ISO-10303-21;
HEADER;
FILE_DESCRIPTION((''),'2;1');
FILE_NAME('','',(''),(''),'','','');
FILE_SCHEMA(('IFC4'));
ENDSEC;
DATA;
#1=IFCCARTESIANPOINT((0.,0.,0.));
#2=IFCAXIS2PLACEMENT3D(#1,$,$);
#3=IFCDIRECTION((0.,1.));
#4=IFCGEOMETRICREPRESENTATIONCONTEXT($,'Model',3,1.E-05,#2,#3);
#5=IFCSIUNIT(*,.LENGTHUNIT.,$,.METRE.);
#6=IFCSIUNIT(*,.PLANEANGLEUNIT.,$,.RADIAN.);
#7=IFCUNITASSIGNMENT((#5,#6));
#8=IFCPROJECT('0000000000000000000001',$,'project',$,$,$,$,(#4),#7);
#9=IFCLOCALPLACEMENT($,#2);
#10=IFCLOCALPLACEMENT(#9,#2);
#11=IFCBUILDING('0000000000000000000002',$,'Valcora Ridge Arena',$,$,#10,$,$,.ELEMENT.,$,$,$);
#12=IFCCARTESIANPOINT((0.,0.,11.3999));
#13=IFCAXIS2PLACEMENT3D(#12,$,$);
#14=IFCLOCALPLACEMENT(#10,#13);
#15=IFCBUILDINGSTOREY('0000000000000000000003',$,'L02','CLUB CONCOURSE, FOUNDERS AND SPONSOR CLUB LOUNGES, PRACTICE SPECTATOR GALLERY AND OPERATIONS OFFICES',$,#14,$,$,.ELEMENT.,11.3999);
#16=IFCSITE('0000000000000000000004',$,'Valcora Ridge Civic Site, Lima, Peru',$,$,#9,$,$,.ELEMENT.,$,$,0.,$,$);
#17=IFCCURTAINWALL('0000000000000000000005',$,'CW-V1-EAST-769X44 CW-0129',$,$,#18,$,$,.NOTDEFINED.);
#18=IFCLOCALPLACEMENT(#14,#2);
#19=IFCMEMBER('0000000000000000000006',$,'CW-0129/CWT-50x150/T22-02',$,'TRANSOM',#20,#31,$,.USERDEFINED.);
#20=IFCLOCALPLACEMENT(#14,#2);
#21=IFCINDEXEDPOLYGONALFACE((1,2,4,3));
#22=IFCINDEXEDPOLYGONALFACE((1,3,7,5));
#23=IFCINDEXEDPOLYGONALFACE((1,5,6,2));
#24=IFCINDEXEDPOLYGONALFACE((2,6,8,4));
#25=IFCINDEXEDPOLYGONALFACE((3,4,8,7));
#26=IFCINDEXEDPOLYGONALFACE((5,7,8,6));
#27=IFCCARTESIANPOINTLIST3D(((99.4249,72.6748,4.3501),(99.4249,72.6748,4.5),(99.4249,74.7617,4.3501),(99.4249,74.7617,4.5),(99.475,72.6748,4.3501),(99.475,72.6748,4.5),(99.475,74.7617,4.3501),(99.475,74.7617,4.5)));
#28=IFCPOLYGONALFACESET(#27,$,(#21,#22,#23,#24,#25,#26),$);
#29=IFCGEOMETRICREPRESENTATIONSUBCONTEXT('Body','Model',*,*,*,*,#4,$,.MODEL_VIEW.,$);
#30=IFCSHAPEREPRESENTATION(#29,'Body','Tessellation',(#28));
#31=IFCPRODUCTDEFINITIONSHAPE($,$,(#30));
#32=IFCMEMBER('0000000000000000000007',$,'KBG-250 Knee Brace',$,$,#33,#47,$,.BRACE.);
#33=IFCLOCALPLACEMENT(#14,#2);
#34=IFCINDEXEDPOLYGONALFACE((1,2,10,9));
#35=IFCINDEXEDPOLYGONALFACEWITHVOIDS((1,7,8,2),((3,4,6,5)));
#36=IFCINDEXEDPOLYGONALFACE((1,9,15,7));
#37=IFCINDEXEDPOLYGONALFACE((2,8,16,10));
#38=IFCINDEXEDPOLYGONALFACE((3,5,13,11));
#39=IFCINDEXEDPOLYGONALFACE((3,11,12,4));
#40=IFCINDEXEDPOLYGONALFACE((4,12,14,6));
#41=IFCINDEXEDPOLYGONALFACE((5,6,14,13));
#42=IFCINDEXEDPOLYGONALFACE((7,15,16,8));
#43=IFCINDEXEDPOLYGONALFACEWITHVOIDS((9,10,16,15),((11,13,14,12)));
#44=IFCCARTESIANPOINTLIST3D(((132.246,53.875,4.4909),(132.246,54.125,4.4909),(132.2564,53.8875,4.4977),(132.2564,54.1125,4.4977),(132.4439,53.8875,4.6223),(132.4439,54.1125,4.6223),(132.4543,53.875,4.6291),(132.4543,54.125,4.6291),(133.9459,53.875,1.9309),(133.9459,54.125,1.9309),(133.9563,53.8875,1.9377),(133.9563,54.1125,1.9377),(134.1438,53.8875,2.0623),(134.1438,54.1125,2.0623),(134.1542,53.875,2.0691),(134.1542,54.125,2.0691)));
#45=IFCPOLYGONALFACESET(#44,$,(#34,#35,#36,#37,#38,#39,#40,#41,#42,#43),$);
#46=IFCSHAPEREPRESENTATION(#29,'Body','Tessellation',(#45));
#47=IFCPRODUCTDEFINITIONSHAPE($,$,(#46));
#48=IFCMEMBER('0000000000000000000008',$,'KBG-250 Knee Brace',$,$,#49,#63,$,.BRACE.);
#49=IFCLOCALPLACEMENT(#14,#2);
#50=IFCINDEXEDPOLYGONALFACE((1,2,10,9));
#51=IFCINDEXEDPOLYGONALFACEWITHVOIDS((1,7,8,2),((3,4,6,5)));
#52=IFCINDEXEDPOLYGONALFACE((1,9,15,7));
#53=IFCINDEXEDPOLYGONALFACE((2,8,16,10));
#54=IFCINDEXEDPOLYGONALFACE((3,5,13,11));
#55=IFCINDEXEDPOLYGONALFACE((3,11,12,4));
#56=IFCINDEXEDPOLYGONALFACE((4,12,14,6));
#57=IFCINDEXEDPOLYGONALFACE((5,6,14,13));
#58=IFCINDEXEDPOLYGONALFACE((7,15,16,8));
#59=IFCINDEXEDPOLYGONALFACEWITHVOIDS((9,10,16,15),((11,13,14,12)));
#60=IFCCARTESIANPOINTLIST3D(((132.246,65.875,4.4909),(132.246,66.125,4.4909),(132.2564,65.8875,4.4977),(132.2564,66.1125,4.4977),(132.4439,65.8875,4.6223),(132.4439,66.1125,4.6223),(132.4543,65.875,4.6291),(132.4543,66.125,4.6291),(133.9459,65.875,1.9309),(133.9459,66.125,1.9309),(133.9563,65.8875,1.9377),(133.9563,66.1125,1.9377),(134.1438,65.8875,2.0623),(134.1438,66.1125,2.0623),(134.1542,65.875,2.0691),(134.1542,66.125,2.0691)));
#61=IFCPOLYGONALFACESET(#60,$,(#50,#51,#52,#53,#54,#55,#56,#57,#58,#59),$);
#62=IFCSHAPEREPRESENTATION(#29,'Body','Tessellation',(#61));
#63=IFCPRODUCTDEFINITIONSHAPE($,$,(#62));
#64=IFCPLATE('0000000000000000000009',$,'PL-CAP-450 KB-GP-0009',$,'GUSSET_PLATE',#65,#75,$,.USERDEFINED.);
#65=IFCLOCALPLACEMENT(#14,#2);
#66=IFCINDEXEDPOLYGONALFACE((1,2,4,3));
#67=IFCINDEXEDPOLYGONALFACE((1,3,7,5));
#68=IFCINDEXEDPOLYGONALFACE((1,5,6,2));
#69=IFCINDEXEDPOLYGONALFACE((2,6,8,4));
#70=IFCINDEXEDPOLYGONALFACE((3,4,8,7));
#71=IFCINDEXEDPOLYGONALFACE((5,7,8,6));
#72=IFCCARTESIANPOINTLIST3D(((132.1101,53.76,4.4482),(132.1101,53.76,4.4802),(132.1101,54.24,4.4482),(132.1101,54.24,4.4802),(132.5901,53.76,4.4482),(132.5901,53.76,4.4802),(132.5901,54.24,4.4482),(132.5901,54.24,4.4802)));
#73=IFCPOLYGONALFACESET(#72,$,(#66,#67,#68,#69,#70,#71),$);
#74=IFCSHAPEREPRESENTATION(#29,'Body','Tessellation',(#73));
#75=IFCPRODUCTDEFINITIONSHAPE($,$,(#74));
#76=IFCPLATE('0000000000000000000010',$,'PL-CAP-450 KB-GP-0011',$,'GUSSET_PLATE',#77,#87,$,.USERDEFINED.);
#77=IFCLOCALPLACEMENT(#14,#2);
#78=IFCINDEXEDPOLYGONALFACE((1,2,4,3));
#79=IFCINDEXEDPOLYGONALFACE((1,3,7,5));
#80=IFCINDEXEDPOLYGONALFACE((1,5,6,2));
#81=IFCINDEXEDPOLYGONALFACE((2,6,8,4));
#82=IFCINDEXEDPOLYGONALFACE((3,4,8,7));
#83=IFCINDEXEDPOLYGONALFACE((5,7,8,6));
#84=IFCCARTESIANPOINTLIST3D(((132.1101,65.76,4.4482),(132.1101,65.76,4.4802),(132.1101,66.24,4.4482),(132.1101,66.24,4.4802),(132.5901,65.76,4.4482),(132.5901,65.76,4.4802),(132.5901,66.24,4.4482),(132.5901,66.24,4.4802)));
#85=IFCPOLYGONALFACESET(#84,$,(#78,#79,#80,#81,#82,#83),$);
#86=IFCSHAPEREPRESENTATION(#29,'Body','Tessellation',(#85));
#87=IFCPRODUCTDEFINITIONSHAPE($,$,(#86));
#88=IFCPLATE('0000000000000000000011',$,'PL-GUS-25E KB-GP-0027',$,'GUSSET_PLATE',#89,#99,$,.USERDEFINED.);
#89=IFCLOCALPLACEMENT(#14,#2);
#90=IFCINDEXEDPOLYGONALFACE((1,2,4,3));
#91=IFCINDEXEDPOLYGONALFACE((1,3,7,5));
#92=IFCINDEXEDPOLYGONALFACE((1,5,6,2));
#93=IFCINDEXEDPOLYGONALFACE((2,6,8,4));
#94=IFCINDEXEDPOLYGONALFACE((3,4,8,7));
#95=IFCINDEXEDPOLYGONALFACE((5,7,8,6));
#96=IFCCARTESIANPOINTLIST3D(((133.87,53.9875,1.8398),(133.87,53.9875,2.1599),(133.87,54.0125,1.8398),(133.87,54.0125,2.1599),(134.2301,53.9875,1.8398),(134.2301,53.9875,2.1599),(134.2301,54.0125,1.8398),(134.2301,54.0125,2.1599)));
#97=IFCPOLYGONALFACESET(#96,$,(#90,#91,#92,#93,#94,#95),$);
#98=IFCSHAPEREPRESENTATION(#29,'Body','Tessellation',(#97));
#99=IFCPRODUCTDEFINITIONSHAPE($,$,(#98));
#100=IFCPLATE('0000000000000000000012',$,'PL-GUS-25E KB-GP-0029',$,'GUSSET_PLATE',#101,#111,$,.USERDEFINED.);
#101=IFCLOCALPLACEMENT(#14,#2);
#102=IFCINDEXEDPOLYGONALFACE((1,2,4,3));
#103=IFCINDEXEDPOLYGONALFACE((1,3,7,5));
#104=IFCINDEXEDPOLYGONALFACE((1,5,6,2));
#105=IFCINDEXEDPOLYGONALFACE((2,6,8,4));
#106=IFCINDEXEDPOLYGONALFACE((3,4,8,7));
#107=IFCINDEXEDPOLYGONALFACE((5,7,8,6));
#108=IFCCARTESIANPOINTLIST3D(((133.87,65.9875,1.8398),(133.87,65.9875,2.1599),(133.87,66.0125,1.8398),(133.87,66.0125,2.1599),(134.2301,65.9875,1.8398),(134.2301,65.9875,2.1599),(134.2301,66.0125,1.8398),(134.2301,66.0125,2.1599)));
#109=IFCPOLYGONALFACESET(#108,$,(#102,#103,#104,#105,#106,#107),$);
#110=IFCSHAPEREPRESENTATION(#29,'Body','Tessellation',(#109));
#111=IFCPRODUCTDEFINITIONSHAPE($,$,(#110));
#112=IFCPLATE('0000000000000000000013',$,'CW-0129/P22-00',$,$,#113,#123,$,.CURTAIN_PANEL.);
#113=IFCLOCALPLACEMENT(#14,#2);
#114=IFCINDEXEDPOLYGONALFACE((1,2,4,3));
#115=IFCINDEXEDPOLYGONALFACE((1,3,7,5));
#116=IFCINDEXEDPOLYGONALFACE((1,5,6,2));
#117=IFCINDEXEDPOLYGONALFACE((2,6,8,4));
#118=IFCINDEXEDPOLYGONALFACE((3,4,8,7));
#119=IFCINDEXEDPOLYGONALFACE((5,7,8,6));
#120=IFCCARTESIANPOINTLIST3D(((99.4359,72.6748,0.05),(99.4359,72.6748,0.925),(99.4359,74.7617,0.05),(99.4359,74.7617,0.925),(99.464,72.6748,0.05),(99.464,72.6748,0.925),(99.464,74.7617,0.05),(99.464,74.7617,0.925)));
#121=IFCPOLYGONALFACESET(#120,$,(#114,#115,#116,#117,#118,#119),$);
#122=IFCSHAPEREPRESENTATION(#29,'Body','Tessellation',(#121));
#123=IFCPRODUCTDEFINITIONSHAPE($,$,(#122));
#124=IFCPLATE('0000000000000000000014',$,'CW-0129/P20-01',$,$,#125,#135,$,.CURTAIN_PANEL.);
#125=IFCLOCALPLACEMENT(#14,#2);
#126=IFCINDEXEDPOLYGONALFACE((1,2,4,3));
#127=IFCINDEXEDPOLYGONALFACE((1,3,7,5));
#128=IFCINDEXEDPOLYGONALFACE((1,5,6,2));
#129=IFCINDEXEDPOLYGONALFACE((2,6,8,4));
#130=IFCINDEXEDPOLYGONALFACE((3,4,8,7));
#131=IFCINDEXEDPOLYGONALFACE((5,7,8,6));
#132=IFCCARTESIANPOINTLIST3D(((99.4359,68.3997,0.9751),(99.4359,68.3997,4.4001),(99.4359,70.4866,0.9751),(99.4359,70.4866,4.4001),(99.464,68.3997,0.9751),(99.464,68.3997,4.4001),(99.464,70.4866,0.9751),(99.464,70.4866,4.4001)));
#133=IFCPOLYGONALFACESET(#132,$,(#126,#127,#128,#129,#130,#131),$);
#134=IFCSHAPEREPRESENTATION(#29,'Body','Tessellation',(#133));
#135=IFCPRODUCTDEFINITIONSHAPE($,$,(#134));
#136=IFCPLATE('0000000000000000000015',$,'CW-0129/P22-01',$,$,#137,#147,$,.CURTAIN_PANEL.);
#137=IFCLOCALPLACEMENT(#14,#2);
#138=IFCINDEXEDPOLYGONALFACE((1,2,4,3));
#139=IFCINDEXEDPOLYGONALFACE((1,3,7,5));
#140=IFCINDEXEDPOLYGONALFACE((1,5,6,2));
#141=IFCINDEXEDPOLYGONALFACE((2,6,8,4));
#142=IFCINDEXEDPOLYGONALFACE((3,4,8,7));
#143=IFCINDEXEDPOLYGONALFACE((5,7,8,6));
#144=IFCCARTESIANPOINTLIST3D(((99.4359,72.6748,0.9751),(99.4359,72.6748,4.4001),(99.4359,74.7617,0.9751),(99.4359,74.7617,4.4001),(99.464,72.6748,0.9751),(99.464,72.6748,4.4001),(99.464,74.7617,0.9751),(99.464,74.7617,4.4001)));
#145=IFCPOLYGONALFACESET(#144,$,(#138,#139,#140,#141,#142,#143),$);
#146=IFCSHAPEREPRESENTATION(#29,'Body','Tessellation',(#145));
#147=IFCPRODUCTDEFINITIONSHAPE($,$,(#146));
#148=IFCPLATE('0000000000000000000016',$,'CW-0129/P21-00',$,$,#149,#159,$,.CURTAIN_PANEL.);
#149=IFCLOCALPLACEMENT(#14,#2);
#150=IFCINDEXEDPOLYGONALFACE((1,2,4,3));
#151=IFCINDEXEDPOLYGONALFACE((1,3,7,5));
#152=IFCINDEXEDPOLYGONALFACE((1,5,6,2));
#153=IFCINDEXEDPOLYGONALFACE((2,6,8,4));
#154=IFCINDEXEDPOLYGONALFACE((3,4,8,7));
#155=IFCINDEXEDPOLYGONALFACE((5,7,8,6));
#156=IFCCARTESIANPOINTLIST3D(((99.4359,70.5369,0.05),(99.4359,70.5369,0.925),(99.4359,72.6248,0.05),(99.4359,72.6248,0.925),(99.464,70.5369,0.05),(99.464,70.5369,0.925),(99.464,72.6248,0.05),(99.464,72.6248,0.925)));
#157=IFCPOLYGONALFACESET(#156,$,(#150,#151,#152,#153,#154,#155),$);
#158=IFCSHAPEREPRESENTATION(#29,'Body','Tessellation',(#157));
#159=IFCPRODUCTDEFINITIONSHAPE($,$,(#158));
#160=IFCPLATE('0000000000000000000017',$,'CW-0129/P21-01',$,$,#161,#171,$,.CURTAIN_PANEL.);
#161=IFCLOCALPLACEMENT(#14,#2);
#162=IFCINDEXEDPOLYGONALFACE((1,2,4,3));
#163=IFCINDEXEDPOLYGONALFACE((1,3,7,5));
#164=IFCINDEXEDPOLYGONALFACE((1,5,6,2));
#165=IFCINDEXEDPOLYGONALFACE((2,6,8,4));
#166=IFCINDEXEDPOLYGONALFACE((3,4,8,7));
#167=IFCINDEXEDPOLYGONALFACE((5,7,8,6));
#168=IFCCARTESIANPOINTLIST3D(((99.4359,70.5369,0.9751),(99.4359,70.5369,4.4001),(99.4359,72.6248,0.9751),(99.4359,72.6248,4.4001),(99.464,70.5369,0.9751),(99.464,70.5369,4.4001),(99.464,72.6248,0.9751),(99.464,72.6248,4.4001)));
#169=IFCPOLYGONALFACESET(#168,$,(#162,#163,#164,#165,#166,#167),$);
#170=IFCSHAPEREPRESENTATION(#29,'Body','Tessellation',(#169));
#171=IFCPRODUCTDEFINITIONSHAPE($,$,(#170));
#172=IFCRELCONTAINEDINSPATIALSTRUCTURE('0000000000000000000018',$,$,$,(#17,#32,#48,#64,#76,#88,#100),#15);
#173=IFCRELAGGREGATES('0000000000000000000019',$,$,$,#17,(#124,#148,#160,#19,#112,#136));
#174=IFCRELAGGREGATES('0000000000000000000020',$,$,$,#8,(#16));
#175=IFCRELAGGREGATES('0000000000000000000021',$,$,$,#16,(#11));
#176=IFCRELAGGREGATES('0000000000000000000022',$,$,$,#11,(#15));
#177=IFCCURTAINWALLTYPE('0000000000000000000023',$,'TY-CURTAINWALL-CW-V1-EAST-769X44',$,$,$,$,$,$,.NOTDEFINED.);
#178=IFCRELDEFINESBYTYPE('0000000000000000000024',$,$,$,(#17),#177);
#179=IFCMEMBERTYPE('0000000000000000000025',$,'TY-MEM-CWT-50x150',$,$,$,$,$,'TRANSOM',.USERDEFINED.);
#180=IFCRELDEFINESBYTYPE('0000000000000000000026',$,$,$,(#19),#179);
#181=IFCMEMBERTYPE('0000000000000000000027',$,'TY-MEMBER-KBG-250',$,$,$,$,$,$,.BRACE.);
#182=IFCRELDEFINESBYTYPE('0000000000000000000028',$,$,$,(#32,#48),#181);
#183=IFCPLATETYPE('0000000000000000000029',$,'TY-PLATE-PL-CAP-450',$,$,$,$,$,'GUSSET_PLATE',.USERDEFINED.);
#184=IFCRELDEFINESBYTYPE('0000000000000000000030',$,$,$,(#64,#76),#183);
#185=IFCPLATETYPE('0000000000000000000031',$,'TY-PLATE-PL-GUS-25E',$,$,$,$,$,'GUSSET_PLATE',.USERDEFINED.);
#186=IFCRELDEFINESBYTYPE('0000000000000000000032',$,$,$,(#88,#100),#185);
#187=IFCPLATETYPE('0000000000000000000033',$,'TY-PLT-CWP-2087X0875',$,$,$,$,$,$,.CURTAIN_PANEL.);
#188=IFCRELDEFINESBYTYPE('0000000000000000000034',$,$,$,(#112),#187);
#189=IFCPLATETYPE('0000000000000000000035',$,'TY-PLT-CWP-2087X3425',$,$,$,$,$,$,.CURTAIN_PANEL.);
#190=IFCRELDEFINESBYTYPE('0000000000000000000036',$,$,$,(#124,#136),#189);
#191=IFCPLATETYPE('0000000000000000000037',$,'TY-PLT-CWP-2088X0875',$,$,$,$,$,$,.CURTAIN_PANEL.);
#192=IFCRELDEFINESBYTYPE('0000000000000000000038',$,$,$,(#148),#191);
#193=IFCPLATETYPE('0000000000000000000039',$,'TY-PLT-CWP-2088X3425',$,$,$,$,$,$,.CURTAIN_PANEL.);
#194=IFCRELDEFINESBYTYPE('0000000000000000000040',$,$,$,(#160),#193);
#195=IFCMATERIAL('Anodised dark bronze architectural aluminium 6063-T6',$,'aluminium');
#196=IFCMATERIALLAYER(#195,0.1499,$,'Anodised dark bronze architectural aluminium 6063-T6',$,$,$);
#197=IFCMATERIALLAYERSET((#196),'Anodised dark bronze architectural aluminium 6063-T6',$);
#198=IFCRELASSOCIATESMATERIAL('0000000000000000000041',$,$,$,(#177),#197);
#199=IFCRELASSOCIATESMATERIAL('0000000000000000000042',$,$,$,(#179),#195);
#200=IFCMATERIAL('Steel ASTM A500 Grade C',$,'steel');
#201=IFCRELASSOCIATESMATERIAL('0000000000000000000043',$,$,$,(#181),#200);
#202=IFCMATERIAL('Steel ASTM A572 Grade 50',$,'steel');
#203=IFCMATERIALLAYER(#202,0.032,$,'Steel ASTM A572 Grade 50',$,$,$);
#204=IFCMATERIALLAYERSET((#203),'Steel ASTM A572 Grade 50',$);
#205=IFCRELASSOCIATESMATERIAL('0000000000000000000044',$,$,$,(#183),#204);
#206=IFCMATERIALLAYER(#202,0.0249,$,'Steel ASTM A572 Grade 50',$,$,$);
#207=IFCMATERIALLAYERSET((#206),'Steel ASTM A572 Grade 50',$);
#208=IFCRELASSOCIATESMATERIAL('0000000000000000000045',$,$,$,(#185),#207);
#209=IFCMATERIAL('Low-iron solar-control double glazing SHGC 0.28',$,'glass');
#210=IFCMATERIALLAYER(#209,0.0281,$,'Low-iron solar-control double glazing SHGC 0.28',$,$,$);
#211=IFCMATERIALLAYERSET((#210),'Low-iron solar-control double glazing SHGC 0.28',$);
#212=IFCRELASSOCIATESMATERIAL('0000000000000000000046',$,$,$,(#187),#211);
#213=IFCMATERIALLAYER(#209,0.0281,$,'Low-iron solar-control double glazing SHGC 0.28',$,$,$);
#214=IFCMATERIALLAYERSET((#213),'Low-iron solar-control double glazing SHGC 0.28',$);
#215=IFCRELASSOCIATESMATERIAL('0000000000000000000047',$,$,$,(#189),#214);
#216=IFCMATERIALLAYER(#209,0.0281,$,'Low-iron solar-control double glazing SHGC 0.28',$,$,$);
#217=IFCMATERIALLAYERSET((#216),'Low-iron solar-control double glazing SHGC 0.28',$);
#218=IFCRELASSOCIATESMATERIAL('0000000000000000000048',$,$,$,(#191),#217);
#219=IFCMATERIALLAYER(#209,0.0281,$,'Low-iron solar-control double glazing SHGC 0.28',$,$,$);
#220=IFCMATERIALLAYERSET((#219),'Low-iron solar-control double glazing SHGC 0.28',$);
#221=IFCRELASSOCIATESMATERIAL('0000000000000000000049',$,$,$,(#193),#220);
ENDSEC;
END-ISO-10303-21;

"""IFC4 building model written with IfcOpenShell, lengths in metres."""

from ifc_helpers import new_model, si_unit, direction, frame, origin, origin_2d, place, context, subcontext, project, spatial, rectangle, hollow_rectangle, extrude, material, layer, layer_set, material_profile, profile_set, type_object, element, aggregate, save


model = new_model("IFC4")

# Units and contexts
model_context = context("Model", 3, precision=1e-05, world=origin(), true_north=direction((0.0, 1.0)))
body_context = subcontext(model_context, "Body", "Model", "MODEL_VIEW")
ifc_project = project(units=[si_unit("LENGTHUNIT", "METRE"), si_unit("PLANEANGLEUNIT", "RADIAN")], contexts=[model_context])

# Site, building, storey
site_placement = place(None, origin())
site = spatial("IfcSite", under=ifc_project, at=site_placement, Name="Valcora Ridge Civic Site, Lima, Peru", CompositionType="ELEMENT", RefElevation=0.0)
building_placement = place(site_placement, origin())
building = spatial("IfcBuilding", under=site, at=building_placement, Name="Valcora Ridge Arena", CompositionType="ELEMENT")
storey_placement = place(building_placement, frame((0.0, 0.0, 11.3999)))
storey = spatial("IfcBuildingStorey", under=building, at=storey_placement, Name="L02", Description="CLUB CONCOURSE, FOUNDERS AND SPONSOR CLUB LOUNGES, PRACTICE SPECTATOR GALLERY AND OPERATIONS OFFICES", CompositionType="ELEMENT", Elevation=11.3999)

# Shared definitions
ifc_material_1 = material(Name="Steel ASTM A500 Grade C", Category="steel")

# Shared definitions
ifc_material_2 = material(Name="Steel ASTM A572 Grade 50", Category="steel")

# Curtain wall, member
ifc_material_3 = material(Name="Anodised dark bronze architectural aluminium 6063-T6", Category="aluminium")
ifc_layer_1 = layer(ifc_material_3, 0.1499, Name="Anodised dark bronze architectural aluminium 6063-T6")
ifc_layer_set_1 = layer_set([ifc_layer_1], Name="Anodised dark bronze architectural aluminium 6063-T6")
curtain_wall_type = type_object("IfcCurtainWallType", Name="TY-CURTAINWALL-CW-V1-EAST-769X44", PredefinedType="NOTDEFINED", material=ifc_layer_set_1)
curtain_wall_placement = place(storey_placement, origin())
curtain_wall = element("IfcCurtainWall", 1, at=curtain_wall_placement, inside=storey, type_object=curtain_wall_type, Name="CW-V1-EAST-769X44 CW-0129", PredefinedType="NOTDEFINED")
ifc_material_profile_1 = material_profile(ifc_material_3, rectangle(XDim=0.05, YDim=0.1499, at=origin_2d()), Name="ALU TRANSOM 50x150")
ifc_profile_set_1 = profile_set([ifc_material_profile_1], Name="Anodised dark bronze architectural aluminium 6063-T6")
member_type_1 = type_object("IfcMemberType", Name="TY-MEM-CWT-50x150", ElementType="TRANSOM", PredefinedType="USERDEFINED", material=ifc_profile_set_1)
member_1_placement = place(storey_placement, frame((99.45, 72.6748, 4.425), z_axis=(0.0, 1.0, 0.0), x_axis=(-1.0, 0.0, 0.0)))
member_1 = element("IfcMember", 2, at=member_1_placement, type_object=member_type_1, Name="CW-0129/CWT-50x150/T22-02", ObjectType="TRANSOM", PredefinedType="USERDEFINED", context=body_context, shape_type="SweptSolid", body=[
    extrude(rectangle(XDim=0.05, YDim=0.1499, at=origin_2d()), origin(), (0.0, 0.0, 1.0), 2.0869),
])

# Members
ifc_material_profile_2 = material_profile(ifc_material_1, hollow_rectangle(XDim=0.25, YDim=0.25, WallThickness=0.0125, at=origin_2d()), Name="HSS250X250X12")
ifc_profile_set_2 = profile_set([ifc_material_profile_2], Name="Steel ASTM A500 Grade C")
member_type_2 = type_object("IfcMemberType", Name="TY-MEMBER-KBG-250", PredefinedType="BRACE", material=ifc_profile_set_2)
for number, where, z_axis, x_axis, name in (
    (3, (134.05, 54.0, 2.0), (-0.553178, 0.0, 0.833063), (0.0, -1.0, 0.0), "KBG-250 Knee Brace"),
    (4, (134.05, 66.0, 2.0), (-0.553178, 0.0, 0.833063), (0.0, -1.0, 0.0), "KBG-250 Knee Brace"),
):
    element("IfcMember", number, at=place(storey_placement, frame(where, z_axis=z_axis, x_axis=x_axis)), inside=storey, type_object=member_type_2, Name=name, PredefinedType="BRACE", context=body_context, shape_type="SweptSolid", body=[
        extrude(hollow_rectangle(XDim=0.25, YDim=0.25, WallThickness=0.0125, at=origin_2d()), origin(), (0.0, 0.0, 1.0), 3.073),
    ])

# Plates
ifc_layer_2 = layer(ifc_material_2, 0.032, Name="Steel ASTM A572 Grade 50")
ifc_layer_set_2 = layer_set([ifc_layer_2], Name="Steel ASTM A572 Grade 50")
plate_type_1 = type_object("IfcPlateType", Name="TY-PLATE-PL-CAP-450", ElementType="GUSSET_PLATE", PredefinedType="USERDEFINED", material=ifc_layer_set_2)
for number, where, z_axis, x_axis, name in (
    (5, (132.3501, 54.0, 4.4482), (0.0, 0.0, 1.0), (1.0, 0.0, 0.0), "PL-CAP-450 KB-GP-0009"),
    (6, (132.3501, 66.0, 4.4482), (0.0, 0.0, 1.0), (1.0, 0.0, 0.0), "PL-CAP-450 KB-GP-0011"),
):
    element("IfcPlate", number, at=place(storey_placement, frame(where, z_axis=z_axis, x_axis=x_axis)), inside=storey, type_object=plate_type_1, Name=name, ObjectType="GUSSET_PLATE", PredefinedType="USERDEFINED", context=body_context, shape_type="SweptSolid", body=[
        extrude(rectangle(XDim=0.48, YDim=0.48, at=origin_2d()), origin(), (0.0, 0.0, 1.0), 0.032),
    ])
ifc_layer_3 = layer(ifc_material_2, 0.0249, Name="Steel ASTM A572 Grade 50")
ifc_layer_set_3 = layer_set([ifc_layer_3], Name="Steel ASTM A572 Grade 50")
plate_type_2 = type_object("IfcPlateType", Name="TY-PLATE-PL-GUS-25E", ElementType="GUSSET_PLATE", PredefinedType="USERDEFINED", material=ifc_layer_set_3)
for number, where, z_axis, x_axis, name in (
    (7, (134.05, 54.0, 1.8398), (0.0, 0.0, 1.0), (1.0, 0.0, 0.0), "PL-GUS-25E KB-GP-0027"),
    (8, (134.05, 66.0, 1.8398), (0.0, 0.0, 1.0), (1.0, 0.0, 0.0), "PL-GUS-25E KB-GP-0029"),
):
    element("IfcPlate", number, at=place(storey_placement, frame(where, z_axis=z_axis, x_axis=x_axis)), inside=storey, type_object=plate_type_2, Name=name, ObjectType="GUSSET_PLATE", PredefinedType="USERDEFINED", context=body_context, shape_type="SweptSolid", body=[
        extrude(rectangle(XDim=0.3601, YDim=0.0249, at=origin_2d()), origin(), (0.0, 0.0, 1.0), 0.3201),
    ])

# Plates
ifc_material_4 = material(Name="Low-iron solar-control double glazing SHGC 0.28", Category="glass")
ifc_layer_4 = layer(ifc_material_4, 0.0281, Name="Low-iron solar-control double glazing SHGC 0.28")
ifc_layer_set_4 = layer_set([ifc_layer_4], Name="Low-iron solar-control double glazing SHGC 0.28")
plate_type_3 = type_object("IfcPlateType", Name="TY-PLT-CWP-2087X0875", PredefinedType="CURTAIN_PANEL", material=ifc_layer_set_4)
plate_1_placement = place(storey_placement, frame((99.45, 73.7183, 0.05), z_axis=(0.0, 0.0, 1.0), x_axis=(0.0, 1.0, 0.0)))
plate_1 = element("IfcPlate", 9, at=plate_1_placement, type_object=plate_type_3, Name="CW-0129/P22-00", PredefinedType="CURTAIN_PANEL", context=body_context, shape_type="SweptSolid", body=[
    extrude(rectangle(XDim=2.0869, YDim=0.0281, at=origin_2d()), origin(), (0.0, 0.0, 1.0), 0.875),
])
ifc_layer_5 = layer(ifc_material_4, 0.0281, Name="Low-iron solar-control double glazing SHGC 0.28")
ifc_layer_set_5 = layer_set([ifc_layer_5], Name="Low-iron solar-control double glazing SHGC 0.28")
plate_type_4 = type_object("IfcPlateType", Name="TY-PLT-CWP-2087X3425", PredefinedType="CURTAIN_PANEL", material=ifc_layer_set_5)
plate_2_placement = place(storey_placement, frame((99.45, 69.4431, 0.9751), z_axis=(0.0, 0.0, 1.0), x_axis=(0.0, 1.0, 0.0)))
plate_2 = element("IfcPlate", 10, at=plate_2_placement, type_object=plate_type_4, Name="CW-0129/P20-01", PredefinedType="CURTAIN_PANEL", context=body_context, shape_type="SweptSolid", body=[
    extrude(rectangle(XDim=2.0869, YDim=0.0281, at=origin_2d()), origin(), (0.0, 0.0, 1.0), 3.425),
])
plate_3_placement = place(storey_placement, frame((99.45, 73.7183, 0.9751), z_axis=(0.0, 0.0, 1.0), x_axis=(0.0, 1.0, 0.0)))
plate_3 = element("IfcPlate", 11, at=plate_3_placement, type_object=plate_type_4, Name="CW-0129/P22-01", PredefinedType="CURTAIN_PANEL", context=body_context, shape_type="SweptSolid", body=[
    extrude(rectangle(XDim=2.0869, YDim=0.0281, at=origin_2d()), origin(), (0.0, 0.0, 1.0), 3.425),
])
ifc_layer_6 = layer(ifc_material_4, 0.0281, Name="Low-iron solar-control double glazing SHGC 0.28")
ifc_layer_set_6 = layer_set([ifc_layer_6], Name="Low-iron solar-control double glazing SHGC 0.28")
plate_type_5 = type_object("IfcPlateType", Name="TY-PLT-CWP-2088X0875", PredefinedType="CURTAIN_PANEL", material=ifc_layer_set_6)
plate_4_placement = place(storey_placement, frame((99.45, 71.5808, 0.05), z_axis=(0.0, 0.0, 1.0), x_axis=(0.0, 1.0, 0.0)))
plate_4 = element("IfcPlate", 12, at=plate_4_placement, type_object=plate_type_5, Name="CW-0129/P21-00", PredefinedType="CURTAIN_PANEL", context=body_context, shape_type="SweptSolid", body=[
    extrude(rectangle(XDim=2.0879, YDim=0.0281, at=origin_2d()), origin(), (0.0, 0.0, 1.0), 0.875),
])
ifc_layer_7 = layer(ifc_material_4, 0.0281, Name="Low-iron solar-control double glazing SHGC 0.28")
ifc_layer_set_7 = layer_set([ifc_layer_7], Name="Low-iron solar-control double glazing SHGC 0.28")
plate_type_6 = type_object("IfcPlateType", Name="TY-PLT-CWP-2088X3425", PredefinedType="CURTAIN_PANEL", material=ifc_layer_set_7)
plate_5_placement = place(storey_placement, frame((99.45, 71.5808, 0.9751), z_axis=(0.0, 0.0, 1.0), x_axis=(0.0, 1.0, 0.0)))
plate_5 = element("IfcPlate", 13, at=plate_5_placement, type_object=plate_type_6, Name="CW-0129/P21-01", PredefinedType="CURTAIN_PANEL", context=body_context, shape_type="SweptSolid", body=[
    extrude(rectangle(XDim=2.0879, YDim=0.0281, at=origin_2d()), origin(), (0.0, 0.0, 1.0), 3.425),
])
aggregate(curtain_wall, [plate_2, plate_4, plate_5, member_1, plate_1, plate_3])

save(model, "model.ifc")
